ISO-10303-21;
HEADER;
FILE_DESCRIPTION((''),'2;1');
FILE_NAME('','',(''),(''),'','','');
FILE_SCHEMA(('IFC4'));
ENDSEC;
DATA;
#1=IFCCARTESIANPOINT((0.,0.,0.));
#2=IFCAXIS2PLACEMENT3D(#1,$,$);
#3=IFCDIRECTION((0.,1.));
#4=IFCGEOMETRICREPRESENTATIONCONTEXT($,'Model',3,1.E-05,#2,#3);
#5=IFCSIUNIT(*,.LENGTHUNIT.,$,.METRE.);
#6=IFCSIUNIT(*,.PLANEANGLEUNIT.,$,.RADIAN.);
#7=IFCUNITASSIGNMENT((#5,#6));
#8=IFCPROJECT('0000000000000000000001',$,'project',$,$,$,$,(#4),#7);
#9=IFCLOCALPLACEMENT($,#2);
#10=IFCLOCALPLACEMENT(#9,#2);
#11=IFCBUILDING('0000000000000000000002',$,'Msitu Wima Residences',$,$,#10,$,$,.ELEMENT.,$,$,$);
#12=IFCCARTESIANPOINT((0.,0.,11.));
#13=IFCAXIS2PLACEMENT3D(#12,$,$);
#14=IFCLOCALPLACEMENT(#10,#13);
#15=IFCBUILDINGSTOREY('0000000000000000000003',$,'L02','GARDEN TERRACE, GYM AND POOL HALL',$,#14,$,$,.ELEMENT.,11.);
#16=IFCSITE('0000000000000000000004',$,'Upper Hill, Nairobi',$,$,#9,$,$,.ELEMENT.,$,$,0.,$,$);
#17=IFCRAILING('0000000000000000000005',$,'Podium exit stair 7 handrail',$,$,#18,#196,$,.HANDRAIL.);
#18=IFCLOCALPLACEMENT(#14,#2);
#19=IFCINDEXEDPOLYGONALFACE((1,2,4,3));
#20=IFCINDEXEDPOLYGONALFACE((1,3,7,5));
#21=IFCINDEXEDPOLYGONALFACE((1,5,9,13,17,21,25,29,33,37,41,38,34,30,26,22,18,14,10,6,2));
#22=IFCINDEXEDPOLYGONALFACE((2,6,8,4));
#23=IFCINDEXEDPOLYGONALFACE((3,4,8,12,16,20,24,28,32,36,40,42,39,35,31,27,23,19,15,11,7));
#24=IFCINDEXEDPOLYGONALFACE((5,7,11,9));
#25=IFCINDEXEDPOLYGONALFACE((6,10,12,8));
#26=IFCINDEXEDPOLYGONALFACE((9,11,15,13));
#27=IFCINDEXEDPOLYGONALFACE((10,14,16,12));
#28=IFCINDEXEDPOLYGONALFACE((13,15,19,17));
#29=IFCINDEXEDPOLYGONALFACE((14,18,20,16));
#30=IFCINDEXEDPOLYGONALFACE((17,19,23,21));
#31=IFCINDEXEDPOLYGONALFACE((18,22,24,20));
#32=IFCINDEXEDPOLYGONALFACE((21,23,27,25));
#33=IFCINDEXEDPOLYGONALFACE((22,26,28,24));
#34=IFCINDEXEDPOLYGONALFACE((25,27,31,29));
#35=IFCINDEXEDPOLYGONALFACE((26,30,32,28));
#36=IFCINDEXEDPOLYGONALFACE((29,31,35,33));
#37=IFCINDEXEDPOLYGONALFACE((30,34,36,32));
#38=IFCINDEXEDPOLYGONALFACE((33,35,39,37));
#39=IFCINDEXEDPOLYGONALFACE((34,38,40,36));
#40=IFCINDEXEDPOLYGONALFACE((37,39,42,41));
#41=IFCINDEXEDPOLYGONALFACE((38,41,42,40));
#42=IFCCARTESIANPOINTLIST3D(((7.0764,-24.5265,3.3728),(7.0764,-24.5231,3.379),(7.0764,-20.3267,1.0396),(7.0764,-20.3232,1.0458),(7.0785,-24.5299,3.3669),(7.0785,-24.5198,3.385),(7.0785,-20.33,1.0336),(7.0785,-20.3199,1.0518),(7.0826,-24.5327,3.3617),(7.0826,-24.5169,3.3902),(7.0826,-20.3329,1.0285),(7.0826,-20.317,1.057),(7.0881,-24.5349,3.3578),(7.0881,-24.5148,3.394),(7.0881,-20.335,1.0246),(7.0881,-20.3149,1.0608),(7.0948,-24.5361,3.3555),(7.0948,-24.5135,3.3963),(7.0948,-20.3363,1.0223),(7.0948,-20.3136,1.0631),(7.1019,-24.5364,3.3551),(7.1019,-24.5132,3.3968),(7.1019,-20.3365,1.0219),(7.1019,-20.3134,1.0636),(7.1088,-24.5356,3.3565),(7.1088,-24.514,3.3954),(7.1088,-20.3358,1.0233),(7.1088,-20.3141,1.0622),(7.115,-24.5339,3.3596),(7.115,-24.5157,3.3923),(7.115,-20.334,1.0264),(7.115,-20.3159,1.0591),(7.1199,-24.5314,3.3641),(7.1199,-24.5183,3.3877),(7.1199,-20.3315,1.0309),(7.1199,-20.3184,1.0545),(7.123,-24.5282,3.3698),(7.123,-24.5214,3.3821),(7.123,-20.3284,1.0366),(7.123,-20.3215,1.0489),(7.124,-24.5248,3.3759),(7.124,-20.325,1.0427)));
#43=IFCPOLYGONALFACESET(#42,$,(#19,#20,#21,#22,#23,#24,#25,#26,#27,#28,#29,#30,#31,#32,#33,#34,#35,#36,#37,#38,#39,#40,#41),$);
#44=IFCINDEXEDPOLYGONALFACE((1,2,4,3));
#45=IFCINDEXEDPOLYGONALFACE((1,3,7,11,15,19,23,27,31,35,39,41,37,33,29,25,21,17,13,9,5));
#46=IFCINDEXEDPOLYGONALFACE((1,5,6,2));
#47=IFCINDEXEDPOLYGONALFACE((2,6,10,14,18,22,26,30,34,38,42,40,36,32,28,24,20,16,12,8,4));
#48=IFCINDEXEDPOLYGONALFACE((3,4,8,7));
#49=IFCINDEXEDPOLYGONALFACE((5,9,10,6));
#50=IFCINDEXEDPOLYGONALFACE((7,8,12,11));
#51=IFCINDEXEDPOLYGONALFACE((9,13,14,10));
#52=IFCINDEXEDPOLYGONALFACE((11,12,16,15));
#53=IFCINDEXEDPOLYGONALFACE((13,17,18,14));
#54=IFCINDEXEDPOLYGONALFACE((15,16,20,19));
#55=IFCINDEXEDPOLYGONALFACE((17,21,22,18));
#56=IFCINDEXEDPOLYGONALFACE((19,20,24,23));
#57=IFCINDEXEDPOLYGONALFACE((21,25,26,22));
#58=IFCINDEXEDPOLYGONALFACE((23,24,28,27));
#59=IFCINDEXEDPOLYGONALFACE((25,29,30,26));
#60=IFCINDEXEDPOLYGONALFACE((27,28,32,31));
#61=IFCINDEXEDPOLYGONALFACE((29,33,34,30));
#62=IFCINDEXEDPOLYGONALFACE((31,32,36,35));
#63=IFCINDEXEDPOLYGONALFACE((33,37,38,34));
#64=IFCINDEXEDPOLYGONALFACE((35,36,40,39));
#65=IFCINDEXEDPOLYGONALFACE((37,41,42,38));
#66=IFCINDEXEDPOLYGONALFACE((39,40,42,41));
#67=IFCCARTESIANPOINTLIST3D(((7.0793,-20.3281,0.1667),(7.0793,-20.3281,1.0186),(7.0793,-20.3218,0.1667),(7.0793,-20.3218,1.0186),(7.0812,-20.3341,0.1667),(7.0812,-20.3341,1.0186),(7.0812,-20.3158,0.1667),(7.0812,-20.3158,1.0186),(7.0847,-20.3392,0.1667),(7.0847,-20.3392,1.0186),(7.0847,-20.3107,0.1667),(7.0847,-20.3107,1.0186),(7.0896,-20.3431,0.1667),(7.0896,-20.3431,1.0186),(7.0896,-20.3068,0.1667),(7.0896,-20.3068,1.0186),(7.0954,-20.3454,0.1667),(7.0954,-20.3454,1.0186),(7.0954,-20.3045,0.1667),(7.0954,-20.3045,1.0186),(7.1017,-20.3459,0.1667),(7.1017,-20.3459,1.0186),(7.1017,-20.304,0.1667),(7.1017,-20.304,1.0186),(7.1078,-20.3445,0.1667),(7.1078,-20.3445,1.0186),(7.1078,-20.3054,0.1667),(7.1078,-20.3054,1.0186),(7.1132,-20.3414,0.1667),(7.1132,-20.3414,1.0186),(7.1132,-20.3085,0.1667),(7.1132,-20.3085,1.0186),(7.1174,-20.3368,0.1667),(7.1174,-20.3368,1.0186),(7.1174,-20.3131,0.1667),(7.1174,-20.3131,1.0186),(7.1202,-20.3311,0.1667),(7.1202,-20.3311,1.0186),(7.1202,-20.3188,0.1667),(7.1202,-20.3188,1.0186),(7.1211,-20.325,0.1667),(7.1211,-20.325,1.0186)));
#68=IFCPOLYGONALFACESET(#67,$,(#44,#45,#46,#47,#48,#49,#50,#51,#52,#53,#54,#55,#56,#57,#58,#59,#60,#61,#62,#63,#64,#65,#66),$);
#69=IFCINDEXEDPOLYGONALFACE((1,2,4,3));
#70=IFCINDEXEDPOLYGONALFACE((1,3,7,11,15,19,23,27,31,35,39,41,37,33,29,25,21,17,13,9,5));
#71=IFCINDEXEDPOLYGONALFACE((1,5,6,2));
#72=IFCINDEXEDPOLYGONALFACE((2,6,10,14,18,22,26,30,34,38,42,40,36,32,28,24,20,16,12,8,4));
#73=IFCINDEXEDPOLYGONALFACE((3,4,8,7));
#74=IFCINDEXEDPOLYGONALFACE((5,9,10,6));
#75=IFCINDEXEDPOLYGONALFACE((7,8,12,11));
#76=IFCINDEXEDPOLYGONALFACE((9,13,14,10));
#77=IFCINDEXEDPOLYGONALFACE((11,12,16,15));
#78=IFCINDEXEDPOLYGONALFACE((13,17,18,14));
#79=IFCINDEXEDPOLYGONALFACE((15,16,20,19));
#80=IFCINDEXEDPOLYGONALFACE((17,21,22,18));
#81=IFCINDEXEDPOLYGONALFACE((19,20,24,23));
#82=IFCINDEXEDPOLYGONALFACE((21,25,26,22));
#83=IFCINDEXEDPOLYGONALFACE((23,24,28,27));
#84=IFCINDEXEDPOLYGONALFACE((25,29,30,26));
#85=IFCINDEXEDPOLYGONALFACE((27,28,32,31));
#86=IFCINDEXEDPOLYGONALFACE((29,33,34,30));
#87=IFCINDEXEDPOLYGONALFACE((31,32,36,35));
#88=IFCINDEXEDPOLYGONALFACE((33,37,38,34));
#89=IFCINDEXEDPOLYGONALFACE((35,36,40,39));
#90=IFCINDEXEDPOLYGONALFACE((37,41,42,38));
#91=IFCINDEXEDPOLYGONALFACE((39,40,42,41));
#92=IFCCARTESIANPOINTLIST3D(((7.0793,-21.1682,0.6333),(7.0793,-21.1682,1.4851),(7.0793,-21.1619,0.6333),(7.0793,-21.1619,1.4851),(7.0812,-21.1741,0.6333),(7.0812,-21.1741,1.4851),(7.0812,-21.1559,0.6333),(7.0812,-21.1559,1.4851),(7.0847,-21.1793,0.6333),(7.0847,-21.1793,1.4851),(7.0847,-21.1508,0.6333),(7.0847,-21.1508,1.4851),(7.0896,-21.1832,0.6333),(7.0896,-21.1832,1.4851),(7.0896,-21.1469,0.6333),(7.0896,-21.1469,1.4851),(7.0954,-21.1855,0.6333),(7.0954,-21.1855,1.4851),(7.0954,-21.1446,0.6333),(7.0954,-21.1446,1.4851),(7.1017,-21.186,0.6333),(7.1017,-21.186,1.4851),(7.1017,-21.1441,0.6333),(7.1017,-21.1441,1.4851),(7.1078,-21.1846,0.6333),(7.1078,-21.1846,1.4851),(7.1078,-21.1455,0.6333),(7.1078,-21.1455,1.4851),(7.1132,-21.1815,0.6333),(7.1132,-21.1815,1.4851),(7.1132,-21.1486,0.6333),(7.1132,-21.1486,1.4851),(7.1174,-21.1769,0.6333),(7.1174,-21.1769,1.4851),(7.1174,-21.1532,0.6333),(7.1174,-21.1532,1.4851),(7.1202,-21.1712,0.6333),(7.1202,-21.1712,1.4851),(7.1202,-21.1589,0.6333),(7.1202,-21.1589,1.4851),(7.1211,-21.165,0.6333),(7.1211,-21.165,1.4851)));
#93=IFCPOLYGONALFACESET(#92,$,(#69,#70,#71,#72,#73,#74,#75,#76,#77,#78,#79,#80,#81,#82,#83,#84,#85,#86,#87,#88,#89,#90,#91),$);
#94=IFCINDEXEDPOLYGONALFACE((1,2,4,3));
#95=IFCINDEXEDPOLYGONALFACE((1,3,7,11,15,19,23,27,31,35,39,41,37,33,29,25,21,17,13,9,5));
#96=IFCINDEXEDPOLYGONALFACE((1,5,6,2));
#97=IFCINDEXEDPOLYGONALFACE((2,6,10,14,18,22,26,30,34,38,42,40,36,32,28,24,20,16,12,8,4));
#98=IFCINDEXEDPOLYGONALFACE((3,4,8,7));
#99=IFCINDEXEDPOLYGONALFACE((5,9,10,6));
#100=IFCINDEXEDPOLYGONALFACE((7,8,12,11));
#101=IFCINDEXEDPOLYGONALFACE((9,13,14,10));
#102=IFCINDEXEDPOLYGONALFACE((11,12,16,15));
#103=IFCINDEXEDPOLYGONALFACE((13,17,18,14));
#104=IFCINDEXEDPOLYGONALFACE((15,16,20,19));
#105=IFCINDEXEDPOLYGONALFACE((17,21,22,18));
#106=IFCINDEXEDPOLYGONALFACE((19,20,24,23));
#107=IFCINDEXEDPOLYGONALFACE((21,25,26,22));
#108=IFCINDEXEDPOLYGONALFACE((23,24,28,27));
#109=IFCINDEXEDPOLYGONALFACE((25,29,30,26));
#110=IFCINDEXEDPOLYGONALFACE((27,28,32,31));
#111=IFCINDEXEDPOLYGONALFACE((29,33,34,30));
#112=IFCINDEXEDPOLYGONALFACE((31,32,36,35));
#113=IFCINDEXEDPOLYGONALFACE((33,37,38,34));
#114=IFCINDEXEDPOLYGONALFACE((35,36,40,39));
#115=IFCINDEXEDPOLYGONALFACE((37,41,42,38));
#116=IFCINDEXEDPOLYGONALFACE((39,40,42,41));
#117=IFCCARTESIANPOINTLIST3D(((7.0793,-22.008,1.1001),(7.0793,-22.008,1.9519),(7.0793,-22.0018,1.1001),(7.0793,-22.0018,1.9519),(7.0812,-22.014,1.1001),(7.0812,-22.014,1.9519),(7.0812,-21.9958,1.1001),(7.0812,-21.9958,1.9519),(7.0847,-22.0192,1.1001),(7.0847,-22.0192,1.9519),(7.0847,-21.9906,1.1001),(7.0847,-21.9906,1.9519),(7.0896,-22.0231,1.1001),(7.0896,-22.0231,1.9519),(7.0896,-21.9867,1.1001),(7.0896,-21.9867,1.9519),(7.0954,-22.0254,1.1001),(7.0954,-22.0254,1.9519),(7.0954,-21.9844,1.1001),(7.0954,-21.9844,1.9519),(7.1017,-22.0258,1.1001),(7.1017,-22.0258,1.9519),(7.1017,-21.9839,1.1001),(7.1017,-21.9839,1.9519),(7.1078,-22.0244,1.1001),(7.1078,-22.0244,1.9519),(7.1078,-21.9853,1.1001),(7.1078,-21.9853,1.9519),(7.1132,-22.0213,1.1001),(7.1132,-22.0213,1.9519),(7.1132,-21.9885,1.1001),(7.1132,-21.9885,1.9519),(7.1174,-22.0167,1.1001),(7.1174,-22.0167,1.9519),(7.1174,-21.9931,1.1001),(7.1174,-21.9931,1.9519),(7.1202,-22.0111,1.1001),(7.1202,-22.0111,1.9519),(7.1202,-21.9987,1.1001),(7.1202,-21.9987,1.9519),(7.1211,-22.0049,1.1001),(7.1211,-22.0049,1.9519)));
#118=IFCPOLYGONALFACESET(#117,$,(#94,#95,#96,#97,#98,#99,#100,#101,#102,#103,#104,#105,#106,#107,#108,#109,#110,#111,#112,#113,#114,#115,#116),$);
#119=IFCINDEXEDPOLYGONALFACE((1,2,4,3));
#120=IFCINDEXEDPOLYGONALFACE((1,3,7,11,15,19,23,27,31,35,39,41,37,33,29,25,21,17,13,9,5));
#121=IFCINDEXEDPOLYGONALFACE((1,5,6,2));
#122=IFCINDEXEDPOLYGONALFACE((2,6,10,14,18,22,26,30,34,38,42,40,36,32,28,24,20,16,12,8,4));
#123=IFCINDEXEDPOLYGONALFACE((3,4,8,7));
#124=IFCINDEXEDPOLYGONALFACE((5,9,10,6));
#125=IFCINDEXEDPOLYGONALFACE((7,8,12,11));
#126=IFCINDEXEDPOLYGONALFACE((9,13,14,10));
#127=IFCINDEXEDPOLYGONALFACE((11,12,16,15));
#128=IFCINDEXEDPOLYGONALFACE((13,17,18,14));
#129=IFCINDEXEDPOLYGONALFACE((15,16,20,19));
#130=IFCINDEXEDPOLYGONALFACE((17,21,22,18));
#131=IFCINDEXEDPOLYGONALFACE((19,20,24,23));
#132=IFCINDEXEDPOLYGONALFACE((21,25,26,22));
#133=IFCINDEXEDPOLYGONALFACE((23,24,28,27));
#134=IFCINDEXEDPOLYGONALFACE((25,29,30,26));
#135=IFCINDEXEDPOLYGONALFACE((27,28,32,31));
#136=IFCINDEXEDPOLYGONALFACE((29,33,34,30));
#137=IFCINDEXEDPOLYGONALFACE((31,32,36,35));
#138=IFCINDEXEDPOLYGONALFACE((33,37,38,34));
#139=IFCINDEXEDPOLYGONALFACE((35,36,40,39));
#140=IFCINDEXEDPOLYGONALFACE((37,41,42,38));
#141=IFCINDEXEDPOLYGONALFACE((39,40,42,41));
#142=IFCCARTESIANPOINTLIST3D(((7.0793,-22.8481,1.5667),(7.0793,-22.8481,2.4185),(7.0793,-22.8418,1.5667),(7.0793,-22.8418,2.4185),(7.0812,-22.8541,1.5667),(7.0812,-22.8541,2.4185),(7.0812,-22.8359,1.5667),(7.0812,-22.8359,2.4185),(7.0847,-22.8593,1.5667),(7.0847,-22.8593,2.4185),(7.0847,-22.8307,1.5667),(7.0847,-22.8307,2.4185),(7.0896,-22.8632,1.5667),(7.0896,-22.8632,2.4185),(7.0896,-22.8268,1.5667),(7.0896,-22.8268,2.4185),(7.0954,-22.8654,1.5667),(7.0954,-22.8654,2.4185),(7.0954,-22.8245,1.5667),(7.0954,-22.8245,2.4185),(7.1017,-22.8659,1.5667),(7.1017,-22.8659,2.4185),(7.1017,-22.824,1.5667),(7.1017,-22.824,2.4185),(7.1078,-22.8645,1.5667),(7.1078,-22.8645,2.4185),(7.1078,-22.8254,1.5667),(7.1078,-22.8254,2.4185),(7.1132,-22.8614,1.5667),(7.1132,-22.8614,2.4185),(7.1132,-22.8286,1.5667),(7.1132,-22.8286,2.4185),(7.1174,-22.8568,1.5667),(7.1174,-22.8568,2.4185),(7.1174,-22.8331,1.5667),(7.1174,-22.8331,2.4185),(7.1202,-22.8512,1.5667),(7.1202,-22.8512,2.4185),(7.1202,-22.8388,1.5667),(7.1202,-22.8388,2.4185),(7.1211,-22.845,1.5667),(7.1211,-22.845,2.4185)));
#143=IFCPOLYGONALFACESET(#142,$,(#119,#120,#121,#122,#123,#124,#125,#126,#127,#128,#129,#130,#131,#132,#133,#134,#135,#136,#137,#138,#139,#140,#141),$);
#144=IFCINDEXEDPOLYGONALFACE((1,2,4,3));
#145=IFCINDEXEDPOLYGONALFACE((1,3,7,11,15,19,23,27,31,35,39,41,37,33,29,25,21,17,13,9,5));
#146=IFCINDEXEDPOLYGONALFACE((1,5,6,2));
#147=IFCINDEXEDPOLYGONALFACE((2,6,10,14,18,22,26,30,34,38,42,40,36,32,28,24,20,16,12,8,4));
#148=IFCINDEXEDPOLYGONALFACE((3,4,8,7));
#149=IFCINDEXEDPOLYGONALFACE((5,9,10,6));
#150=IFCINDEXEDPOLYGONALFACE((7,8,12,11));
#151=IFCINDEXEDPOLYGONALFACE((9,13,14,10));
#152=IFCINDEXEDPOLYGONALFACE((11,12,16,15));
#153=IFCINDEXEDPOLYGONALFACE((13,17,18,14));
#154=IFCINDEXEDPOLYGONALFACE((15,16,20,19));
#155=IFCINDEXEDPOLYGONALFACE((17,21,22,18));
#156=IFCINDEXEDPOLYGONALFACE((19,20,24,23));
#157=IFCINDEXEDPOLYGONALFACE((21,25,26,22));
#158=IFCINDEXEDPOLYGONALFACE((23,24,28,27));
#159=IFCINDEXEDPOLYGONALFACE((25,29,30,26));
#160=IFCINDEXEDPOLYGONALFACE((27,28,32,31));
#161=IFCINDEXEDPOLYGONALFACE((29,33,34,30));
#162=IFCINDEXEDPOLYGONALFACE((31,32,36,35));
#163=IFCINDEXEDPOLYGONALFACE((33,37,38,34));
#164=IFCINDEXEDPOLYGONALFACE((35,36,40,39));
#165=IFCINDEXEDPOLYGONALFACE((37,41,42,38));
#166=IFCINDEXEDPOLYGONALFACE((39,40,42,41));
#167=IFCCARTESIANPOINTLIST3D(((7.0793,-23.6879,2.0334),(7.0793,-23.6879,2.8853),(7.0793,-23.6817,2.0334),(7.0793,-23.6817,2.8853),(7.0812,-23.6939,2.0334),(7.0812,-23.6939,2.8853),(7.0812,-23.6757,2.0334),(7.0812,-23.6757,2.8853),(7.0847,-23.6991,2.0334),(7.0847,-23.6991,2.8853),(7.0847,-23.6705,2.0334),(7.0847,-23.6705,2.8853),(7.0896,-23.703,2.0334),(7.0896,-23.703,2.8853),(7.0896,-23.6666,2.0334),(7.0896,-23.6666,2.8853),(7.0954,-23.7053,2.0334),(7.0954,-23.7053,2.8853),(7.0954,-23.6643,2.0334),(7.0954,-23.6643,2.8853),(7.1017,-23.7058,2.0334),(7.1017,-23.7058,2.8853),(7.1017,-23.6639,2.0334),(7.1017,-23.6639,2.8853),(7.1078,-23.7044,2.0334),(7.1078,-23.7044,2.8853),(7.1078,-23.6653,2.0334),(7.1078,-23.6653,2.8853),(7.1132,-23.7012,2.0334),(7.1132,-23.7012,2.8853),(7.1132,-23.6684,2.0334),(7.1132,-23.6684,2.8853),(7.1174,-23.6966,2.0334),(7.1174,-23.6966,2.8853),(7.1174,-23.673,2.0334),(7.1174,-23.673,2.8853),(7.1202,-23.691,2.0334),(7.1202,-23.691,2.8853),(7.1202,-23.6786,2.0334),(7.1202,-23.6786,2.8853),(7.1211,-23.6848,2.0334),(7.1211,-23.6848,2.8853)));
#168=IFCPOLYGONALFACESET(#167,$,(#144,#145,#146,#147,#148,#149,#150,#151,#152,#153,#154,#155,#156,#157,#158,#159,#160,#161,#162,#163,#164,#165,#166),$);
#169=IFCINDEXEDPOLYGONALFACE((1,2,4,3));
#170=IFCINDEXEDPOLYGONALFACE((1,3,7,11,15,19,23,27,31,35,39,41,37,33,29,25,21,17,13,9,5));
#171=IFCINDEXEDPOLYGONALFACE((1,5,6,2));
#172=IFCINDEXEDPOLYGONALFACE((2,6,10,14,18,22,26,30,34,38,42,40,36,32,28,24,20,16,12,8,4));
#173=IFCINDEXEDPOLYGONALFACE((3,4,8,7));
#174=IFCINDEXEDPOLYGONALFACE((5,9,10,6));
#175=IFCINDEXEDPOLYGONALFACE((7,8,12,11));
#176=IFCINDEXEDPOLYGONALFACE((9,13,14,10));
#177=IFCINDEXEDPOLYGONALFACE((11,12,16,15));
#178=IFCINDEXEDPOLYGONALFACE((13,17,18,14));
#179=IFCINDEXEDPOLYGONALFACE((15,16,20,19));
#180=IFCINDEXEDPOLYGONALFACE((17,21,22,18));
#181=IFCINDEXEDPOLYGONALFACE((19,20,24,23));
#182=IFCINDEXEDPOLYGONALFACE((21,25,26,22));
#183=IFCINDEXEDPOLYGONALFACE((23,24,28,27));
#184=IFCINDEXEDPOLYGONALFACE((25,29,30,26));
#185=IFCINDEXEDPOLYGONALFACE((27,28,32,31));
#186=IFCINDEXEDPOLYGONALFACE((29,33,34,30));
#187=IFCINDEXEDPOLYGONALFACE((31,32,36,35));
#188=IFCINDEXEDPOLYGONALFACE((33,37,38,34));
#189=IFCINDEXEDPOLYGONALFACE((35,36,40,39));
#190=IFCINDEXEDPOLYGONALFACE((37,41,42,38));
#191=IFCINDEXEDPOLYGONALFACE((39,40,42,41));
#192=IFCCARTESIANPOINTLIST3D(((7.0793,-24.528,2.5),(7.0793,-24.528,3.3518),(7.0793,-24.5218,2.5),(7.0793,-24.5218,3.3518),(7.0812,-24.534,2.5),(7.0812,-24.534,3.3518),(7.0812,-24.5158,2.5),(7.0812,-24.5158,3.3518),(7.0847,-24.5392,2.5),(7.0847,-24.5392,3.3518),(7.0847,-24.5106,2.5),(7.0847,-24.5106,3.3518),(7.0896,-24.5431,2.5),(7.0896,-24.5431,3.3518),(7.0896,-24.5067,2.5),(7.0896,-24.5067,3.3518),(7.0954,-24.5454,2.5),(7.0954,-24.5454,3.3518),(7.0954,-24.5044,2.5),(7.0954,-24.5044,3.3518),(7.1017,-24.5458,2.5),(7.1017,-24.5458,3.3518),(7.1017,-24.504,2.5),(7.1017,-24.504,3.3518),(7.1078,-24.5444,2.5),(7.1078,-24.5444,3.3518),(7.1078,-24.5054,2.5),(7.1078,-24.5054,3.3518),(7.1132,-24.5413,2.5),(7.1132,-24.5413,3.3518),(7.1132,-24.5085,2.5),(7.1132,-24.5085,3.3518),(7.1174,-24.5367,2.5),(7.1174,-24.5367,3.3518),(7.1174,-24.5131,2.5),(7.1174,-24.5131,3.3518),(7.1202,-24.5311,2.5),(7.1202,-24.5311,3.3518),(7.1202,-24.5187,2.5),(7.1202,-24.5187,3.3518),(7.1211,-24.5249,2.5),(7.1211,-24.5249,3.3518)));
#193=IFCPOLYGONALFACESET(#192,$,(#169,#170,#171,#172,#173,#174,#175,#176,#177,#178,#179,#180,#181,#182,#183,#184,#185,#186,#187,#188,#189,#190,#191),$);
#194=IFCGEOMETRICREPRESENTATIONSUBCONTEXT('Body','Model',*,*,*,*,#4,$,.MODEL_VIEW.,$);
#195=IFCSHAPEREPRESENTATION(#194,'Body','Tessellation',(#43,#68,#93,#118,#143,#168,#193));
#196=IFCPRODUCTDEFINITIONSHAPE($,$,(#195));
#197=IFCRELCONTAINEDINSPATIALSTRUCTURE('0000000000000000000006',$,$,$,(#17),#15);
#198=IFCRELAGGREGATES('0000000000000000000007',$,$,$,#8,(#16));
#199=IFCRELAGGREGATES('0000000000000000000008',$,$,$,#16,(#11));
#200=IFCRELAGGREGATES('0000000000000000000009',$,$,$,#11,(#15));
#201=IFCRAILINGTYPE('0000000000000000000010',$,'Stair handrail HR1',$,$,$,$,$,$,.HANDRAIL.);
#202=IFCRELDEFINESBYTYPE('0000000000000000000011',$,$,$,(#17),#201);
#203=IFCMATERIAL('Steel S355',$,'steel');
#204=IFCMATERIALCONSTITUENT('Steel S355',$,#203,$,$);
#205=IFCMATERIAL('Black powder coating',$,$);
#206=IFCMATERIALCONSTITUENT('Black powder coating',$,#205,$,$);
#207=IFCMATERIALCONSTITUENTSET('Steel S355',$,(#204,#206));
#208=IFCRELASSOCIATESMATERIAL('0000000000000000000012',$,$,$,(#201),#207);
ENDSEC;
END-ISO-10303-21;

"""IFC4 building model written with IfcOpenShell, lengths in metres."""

from ifc_helpers import new_model, si_unit, direction, frame, origin, origin_2d, place, context, subcontext, project, spatial, circle, extrude, material, constituent, constituent_set, type_object, element, save


model = new_model("IFC4")

# Units and contexts
model_context = context("Model", 3, precision=1e-05, world=origin(), true_north=direction((0.0, 1.0)))
body_context = subcontext(model_context, "Body", "Model", "MODEL_VIEW")
ifc_project = project(units=[si_unit("LENGTHUNIT", "METRE"), si_unit("PLANEANGLEUNIT", "RADIAN")], contexts=[model_context])

# Site, building, storey
site_placement = place(None, origin())
site = spatial("IfcSite", under=ifc_project, at=site_placement, Name="Upper Hill, Nairobi", CompositionType="ELEMENT", RefElevation=0.0)
building_placement = place(site_placement, origin())
building = spatial("IfcBuilding", under=site, at=building_placement, Name="Msitu Wima Residences", CompositionType="ELEMENT")
storey_placement = place(building_placement, frame((0.0, 0.0, 11.0)))
storey = spatial("IfcBuildingStorey", under=building, at=storey_placement, Name="L02", Description="GARDEN TERRACE, GYM AND POOL HALL", CompositionType="ELEMENT", Elevation=11.0)

# Railing
ifc_material_1 = material(Name="Steel S355", Category="steel")
ifc_constituent_1 = constituent(ifc_material_1, Name="Steel S355")
ifc_material_2 = material(Name="Black powder coating")
ifc_constituent_2 = constituent(ifc_material_2, Name="Black powder coating")
ifc_constituent_set = constituent_set(constituents=[ifc_constituent_1, ifc_constituent_2], Name="Steel S355")
railing_type = type_object("IfcRailingType", Name="Stair handrail HR1", PredefinedType="HANDRAIL", material=ifc_constituent_set)
for number, where, name in (
    (1, (7.1001, -20.325, 0.1667), "Podium exit stair 7 handrail"),
):
    element("IfcRailing", number, at=place(storey_placement, frame(where)), inside=storey, type_object=railing_type, Name=name, PredefinedType="HANDRAIL", context=body_context, shape_type="SweptSolid", body=[
        extrude(circle(Radius=0.0239, at=origin_2d()), frame((0.0, 0.0, 0.876), z_axis=(0.0, -0.874162, 0.485634), x_axis=(1.0, 0.0, 0.0)), (0.0, 0.0, 1.0), 4.8044),
        extrude(circle(Radius=0.021, at=origin_2d()), origin(), (0.0, 0.0, 1.0), 0.8518),
        extrude(circle(Radius=0.021, at=origin_2d()), frame((0.0, -0.8401, 0.4666)), (0.0, 0.0, 1.0), 0.8518),
        extrude(circle(Radius=0.021, at=origin_2d()), frame((0.0, -1.6799, 0.9333)), (0.0, 0.0, 1.0), 0.8518),
        extrude(circle(Radius=0.021, at=origin_2d()), frame((0.0, -2.52, 1.3999)), (0.0, 0.0, 1.0), 0.8518),
        extrude(circle(Radius=0.021, at=origin_2d()), frame((0.0, -3.3599, 1.8667)), (0.0, 0.0, 1.0), 0.8518),
        extrude(circle(Radius=0.021, at=origin_2d()), frame((0.0, -4.2, 2.3333)), (0.0, 0.0, 1.0), 0.8518),
    ])

save(model, "model.ifc")
